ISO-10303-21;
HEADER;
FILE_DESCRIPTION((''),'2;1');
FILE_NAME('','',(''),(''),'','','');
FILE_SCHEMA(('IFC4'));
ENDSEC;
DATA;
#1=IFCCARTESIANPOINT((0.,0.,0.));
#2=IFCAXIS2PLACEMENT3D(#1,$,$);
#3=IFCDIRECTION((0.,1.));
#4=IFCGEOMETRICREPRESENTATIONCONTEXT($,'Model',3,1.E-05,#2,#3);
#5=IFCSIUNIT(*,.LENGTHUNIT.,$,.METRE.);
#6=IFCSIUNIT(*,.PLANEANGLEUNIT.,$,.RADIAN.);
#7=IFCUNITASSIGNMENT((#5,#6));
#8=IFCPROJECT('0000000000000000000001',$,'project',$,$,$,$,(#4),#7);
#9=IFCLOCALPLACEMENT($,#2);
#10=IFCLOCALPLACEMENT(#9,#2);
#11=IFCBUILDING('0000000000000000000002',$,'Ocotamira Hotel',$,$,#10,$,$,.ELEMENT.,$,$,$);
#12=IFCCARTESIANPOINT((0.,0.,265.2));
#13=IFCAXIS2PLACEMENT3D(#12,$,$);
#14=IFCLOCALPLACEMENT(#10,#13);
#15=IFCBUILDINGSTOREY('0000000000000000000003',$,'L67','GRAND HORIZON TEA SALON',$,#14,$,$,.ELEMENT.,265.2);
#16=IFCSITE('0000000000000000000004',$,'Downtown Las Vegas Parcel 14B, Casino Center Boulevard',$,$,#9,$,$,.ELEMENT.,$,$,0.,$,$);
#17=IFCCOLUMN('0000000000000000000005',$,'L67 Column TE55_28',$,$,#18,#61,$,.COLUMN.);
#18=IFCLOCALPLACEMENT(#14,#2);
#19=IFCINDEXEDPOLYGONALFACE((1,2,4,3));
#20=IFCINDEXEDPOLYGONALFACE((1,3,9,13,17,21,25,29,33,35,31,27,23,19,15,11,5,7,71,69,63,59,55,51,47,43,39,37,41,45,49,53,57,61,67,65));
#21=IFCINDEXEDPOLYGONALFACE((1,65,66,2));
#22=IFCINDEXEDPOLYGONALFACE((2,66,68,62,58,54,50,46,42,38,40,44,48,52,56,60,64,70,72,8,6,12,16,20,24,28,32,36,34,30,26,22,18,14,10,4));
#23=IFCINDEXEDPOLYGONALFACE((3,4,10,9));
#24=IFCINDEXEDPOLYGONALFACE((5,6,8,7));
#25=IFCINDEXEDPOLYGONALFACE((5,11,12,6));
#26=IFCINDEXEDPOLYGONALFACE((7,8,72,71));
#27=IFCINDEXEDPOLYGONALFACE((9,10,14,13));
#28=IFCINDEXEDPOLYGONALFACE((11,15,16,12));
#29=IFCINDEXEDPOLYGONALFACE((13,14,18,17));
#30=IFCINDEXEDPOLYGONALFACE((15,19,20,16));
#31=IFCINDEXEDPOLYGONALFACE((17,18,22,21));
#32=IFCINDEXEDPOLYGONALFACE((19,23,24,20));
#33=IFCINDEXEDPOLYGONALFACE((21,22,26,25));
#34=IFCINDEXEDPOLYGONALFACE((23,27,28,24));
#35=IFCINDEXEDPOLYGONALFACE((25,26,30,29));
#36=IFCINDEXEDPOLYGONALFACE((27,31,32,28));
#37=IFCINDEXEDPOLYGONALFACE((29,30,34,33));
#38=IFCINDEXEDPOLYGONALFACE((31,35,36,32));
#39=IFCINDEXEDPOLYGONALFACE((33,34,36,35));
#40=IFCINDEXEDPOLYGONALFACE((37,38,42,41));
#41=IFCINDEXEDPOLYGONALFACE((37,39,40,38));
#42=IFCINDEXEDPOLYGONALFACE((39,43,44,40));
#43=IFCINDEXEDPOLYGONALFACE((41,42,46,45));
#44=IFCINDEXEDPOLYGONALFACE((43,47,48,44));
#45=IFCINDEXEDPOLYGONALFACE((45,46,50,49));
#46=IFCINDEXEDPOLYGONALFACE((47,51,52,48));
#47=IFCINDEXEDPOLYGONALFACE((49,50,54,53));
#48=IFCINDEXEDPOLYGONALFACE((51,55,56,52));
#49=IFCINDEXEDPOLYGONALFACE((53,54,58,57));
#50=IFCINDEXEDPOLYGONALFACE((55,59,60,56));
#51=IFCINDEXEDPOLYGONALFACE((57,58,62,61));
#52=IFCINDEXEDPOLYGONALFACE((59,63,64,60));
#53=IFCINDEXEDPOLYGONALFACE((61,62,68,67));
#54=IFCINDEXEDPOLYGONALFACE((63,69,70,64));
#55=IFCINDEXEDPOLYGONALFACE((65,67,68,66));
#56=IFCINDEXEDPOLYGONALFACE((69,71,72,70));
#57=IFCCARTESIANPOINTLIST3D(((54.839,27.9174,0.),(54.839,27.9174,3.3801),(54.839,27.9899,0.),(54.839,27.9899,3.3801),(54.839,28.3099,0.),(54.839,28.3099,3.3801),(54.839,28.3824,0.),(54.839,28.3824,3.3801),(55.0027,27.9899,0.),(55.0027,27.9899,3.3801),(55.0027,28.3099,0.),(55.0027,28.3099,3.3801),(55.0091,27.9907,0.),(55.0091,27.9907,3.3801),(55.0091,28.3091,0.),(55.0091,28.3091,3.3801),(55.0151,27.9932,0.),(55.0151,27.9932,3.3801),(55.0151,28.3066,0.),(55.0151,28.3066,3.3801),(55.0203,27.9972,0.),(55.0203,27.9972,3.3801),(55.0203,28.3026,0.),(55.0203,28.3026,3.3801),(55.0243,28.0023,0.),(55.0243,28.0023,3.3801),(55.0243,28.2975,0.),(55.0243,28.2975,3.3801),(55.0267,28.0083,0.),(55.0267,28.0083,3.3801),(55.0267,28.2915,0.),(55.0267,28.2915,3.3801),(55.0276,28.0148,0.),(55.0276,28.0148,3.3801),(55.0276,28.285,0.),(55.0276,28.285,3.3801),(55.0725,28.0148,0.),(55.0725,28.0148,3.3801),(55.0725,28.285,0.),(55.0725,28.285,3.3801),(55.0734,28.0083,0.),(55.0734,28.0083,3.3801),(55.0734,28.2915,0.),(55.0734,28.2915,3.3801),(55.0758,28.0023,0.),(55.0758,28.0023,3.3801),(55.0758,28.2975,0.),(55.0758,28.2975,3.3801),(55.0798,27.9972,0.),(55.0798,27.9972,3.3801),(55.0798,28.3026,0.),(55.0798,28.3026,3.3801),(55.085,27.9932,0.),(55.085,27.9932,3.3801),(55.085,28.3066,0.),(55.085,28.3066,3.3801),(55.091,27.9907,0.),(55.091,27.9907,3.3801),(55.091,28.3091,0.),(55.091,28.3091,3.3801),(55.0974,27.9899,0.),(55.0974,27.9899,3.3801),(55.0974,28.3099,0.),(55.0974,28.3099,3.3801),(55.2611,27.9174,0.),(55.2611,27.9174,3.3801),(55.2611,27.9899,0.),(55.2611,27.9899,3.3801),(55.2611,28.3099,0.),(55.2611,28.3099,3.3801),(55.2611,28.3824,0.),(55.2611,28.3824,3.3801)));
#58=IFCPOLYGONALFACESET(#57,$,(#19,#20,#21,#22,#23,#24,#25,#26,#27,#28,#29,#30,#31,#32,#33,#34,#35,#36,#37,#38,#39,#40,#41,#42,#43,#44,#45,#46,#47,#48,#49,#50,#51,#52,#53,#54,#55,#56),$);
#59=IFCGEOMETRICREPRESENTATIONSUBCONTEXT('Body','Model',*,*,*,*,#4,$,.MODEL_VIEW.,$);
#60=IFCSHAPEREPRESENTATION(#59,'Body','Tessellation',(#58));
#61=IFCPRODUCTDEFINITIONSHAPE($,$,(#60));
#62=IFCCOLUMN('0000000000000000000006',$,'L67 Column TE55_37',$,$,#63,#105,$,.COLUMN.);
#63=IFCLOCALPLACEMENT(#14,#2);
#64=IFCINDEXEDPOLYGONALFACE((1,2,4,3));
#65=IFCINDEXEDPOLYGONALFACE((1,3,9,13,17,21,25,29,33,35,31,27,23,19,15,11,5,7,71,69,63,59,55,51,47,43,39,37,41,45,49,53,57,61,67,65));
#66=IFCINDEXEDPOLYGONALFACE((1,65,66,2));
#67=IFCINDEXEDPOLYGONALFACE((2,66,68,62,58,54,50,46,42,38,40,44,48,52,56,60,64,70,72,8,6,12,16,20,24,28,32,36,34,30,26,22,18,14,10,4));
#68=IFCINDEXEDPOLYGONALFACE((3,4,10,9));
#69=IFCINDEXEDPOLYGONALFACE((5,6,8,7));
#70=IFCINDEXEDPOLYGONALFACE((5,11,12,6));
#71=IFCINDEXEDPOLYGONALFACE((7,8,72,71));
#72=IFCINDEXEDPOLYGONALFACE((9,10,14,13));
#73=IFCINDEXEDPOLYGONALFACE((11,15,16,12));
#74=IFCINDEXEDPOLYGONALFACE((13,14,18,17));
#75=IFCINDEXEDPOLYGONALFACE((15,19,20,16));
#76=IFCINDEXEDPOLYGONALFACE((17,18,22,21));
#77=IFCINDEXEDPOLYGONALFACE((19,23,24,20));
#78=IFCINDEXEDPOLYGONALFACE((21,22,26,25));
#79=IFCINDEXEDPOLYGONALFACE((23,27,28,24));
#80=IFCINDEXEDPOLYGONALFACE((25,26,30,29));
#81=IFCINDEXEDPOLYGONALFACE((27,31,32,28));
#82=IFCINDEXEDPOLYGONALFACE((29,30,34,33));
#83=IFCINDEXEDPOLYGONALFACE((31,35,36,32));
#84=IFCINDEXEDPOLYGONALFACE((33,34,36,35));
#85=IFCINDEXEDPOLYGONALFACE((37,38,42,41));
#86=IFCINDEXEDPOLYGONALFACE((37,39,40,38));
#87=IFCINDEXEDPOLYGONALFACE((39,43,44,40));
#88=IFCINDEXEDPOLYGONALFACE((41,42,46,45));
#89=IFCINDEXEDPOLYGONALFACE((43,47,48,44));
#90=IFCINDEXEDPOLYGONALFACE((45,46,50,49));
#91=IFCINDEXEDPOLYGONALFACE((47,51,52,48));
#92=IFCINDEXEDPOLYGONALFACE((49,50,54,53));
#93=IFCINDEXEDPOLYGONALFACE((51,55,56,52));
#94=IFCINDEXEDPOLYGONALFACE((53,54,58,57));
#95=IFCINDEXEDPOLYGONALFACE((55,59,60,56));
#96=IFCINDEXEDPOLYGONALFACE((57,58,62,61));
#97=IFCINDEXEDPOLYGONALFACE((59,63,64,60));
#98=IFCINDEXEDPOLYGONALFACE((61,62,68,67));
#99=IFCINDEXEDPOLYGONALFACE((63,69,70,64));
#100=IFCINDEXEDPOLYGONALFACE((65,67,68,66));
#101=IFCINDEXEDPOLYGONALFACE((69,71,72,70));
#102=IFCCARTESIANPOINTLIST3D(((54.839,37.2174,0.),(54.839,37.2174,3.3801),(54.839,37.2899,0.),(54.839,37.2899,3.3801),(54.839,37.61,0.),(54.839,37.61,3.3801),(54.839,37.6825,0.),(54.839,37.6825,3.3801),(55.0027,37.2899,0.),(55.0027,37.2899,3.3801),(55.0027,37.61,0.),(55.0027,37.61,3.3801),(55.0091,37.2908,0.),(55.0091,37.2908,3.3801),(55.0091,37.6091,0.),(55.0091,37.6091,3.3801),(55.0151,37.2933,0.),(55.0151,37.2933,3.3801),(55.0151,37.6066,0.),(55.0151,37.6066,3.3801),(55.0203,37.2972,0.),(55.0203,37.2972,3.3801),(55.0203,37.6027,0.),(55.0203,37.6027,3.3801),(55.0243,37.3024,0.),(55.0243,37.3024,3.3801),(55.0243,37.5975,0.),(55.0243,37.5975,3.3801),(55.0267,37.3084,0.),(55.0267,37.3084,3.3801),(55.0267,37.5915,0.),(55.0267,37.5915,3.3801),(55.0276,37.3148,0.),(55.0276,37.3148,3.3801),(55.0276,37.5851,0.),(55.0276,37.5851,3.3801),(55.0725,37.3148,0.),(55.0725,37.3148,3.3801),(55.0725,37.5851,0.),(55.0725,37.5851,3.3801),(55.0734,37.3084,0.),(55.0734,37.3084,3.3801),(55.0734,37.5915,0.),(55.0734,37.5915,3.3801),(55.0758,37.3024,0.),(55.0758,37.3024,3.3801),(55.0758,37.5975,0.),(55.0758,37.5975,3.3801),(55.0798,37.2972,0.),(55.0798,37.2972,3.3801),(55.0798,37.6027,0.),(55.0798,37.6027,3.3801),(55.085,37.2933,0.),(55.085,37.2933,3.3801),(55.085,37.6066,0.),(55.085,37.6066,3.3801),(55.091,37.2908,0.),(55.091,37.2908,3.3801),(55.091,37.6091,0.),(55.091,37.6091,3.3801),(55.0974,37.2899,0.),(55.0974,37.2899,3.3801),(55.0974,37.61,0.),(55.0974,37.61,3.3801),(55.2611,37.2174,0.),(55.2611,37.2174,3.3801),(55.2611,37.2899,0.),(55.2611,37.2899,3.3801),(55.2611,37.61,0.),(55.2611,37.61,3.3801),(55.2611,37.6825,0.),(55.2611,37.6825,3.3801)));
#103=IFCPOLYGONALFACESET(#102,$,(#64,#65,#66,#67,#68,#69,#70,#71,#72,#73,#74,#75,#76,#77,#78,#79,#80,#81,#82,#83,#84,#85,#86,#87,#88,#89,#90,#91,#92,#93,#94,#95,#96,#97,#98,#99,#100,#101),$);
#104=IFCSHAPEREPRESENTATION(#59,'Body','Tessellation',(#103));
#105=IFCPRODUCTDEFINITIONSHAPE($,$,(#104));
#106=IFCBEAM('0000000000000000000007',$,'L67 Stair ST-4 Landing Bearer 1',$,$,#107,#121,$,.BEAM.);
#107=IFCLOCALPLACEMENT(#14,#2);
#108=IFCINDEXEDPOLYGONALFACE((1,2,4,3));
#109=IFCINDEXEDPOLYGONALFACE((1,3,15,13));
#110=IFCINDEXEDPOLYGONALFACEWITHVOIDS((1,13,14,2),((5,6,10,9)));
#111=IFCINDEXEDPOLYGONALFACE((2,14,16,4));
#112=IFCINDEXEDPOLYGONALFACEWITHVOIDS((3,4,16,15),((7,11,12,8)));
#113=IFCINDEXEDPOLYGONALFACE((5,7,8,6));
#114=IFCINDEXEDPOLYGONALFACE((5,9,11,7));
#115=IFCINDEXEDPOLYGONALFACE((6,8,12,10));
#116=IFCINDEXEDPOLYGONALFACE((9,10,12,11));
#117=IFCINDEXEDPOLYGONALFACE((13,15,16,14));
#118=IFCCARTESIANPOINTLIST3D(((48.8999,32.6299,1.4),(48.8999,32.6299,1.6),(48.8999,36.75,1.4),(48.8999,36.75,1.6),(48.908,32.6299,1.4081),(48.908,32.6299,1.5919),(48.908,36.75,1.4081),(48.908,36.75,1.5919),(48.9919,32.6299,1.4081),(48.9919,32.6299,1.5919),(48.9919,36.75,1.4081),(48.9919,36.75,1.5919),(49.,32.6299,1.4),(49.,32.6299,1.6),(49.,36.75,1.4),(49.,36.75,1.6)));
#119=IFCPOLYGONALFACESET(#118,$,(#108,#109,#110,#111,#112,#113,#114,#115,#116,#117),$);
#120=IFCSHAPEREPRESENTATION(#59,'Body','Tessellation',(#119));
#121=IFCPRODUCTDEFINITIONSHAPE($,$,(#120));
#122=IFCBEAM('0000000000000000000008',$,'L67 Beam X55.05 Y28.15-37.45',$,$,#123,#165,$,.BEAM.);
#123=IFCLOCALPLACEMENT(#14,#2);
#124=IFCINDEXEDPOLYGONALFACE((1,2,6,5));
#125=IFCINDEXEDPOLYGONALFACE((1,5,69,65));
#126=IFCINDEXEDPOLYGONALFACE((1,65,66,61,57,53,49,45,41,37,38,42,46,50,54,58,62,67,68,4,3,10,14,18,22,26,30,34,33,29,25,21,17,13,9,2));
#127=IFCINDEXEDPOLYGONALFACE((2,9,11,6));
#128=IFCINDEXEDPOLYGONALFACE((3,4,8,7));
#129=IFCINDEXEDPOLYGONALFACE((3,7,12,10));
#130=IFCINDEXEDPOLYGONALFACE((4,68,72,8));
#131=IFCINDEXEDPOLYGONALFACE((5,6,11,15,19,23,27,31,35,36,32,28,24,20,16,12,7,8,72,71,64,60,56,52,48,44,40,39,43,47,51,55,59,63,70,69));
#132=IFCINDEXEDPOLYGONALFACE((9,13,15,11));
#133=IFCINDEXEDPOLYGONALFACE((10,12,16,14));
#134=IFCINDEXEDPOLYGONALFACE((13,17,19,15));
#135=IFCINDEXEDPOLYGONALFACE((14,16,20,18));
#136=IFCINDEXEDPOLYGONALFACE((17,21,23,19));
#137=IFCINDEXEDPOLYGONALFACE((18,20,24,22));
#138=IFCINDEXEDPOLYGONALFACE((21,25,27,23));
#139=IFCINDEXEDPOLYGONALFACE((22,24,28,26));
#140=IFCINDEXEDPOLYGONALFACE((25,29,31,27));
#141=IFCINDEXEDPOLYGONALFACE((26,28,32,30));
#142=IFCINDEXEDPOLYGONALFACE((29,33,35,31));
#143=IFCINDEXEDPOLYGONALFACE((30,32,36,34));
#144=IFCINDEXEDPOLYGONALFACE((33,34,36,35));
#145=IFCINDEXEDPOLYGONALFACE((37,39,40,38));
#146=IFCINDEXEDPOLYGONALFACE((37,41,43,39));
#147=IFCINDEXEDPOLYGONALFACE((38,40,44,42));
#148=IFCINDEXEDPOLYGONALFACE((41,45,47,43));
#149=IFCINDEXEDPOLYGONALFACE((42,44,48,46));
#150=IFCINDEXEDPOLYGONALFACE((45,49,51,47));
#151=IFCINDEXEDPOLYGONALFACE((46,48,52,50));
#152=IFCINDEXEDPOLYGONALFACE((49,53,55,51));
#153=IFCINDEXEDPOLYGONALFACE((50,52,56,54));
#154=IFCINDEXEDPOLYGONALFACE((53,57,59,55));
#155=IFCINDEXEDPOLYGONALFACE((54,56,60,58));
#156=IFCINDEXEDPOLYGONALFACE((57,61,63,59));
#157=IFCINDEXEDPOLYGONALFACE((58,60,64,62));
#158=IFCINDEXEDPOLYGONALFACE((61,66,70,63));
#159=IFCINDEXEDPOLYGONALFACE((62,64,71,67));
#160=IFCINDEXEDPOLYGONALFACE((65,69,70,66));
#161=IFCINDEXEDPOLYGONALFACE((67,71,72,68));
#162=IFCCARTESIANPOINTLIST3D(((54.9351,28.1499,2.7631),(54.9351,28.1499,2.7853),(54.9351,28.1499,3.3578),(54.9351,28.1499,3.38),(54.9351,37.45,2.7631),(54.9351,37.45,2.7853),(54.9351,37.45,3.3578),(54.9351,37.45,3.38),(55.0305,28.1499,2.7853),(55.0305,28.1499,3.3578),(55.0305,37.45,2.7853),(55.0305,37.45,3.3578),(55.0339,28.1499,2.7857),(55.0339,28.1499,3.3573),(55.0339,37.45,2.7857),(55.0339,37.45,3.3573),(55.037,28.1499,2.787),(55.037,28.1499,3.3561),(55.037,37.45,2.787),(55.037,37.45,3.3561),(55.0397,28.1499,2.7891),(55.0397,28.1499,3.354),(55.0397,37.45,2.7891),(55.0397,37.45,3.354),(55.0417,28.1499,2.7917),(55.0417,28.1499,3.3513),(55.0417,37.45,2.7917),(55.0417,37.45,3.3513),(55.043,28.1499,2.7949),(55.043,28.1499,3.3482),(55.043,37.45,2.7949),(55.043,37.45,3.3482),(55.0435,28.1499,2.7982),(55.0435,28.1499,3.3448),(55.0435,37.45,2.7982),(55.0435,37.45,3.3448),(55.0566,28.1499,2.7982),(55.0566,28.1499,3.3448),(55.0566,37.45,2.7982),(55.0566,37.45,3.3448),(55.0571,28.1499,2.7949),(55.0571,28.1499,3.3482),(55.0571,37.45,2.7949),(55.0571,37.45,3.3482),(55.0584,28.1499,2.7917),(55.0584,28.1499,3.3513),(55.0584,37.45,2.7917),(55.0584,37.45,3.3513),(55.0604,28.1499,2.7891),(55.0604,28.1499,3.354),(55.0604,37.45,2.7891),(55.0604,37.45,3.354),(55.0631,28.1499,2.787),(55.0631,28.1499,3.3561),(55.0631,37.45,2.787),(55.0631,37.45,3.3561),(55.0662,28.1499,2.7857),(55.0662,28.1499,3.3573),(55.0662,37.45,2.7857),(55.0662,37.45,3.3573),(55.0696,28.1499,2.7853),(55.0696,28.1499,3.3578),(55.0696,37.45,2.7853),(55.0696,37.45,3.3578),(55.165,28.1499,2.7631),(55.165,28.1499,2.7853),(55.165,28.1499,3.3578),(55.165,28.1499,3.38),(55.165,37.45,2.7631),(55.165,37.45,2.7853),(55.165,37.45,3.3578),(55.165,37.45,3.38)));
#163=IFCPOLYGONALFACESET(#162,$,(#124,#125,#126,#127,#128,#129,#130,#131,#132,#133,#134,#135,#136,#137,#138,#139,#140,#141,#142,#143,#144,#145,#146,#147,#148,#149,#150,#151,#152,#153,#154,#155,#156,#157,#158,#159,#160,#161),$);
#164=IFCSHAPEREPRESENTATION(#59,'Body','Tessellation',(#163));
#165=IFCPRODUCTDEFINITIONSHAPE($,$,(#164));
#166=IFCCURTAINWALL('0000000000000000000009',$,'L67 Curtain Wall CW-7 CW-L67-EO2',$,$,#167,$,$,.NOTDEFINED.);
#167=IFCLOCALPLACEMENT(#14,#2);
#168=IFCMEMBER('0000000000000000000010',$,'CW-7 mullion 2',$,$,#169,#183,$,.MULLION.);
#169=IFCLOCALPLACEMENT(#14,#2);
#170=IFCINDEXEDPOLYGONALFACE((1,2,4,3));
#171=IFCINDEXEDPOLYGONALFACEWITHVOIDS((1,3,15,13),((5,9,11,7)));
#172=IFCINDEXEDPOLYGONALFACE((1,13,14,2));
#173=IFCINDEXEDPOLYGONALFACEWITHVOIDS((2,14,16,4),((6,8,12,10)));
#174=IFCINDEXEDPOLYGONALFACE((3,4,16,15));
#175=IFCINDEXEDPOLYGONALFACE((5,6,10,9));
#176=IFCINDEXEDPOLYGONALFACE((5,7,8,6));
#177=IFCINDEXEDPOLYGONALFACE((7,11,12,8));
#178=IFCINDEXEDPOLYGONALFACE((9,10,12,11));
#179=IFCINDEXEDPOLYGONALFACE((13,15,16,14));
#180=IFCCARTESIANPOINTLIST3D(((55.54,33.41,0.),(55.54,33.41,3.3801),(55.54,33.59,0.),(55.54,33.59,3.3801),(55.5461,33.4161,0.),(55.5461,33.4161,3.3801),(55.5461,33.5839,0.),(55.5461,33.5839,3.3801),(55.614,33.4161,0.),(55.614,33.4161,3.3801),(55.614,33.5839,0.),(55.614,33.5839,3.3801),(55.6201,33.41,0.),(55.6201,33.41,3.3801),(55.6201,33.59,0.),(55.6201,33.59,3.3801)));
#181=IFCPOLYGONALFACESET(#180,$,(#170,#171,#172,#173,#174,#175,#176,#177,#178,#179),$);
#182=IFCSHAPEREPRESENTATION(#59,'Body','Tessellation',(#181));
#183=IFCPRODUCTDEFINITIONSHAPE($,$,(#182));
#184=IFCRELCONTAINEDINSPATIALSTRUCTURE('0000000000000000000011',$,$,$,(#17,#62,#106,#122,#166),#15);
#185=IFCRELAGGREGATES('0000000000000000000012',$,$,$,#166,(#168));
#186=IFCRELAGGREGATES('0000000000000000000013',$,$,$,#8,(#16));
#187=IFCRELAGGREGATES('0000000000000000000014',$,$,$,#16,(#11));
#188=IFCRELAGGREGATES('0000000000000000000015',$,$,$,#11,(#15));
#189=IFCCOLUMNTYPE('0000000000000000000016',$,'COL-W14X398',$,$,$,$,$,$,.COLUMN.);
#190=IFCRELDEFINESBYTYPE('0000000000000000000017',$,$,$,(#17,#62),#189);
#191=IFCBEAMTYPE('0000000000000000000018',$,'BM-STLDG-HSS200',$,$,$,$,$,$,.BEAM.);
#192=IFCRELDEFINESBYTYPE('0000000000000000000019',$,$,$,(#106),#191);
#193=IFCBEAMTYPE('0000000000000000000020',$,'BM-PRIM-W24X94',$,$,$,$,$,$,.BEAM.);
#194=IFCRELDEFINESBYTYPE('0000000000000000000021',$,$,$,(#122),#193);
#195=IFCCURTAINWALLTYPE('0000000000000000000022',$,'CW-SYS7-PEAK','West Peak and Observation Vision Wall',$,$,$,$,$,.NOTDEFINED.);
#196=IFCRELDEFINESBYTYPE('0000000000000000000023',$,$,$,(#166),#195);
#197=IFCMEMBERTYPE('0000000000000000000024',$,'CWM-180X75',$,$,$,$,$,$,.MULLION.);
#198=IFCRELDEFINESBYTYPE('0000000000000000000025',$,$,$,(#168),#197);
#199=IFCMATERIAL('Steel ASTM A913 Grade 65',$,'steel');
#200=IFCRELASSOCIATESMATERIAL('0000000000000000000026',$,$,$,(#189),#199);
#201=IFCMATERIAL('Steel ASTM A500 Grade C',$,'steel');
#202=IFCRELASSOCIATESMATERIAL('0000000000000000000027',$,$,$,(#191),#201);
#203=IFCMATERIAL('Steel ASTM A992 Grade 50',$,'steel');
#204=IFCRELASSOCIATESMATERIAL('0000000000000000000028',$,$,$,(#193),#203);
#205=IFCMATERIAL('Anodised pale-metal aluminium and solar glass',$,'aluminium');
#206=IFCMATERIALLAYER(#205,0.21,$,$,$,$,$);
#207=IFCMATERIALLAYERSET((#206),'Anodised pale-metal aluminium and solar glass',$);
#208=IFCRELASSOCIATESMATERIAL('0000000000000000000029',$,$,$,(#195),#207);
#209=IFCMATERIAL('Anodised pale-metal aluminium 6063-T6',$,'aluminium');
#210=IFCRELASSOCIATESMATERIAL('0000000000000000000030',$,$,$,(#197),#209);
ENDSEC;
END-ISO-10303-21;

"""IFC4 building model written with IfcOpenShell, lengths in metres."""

from ifc_helpers import new_model, si_unit, direction, frame, origin, origin_2d, place, context, subcontext, project, spatial, hollow_rectangle, i_section, extrude, source, transform, mapped, material, layer, layer_set, material_profile, profile_set, type_object, element, aggregate, save


model = new_model("IFC4")

# Units and contexts
model_context = context("Model", 3, precision=1e-05, world=origin(), true_north=direction((0.0, 1.0)))
body_context = subcontext(model_context, "Body", "Model", "MODEL_VIEW")
ifc_project = project(units=[si_unit("LENGTHUNIT", "METRE"), si_unit("PLANEANGLEUNIT", "RADIAN")], contexts=[model_context])

# Site, building, storey
site_placement = place(None, origin())
site = spatial("IfcSite", under=ifc_project, at=site_placement, Name="Downtown Las Vegas Parcel 14B, Casino Center Boulevard", CompositionType="ELEMENT", RefElevation=0.0)
building_placement = place(site_placement, origin())
building = spatial("IfcBuilding", under=site, at=building_placement, Name="Ocotamira Hotel", CompositionType="ELEMENT")
storey_placement = place(building_placement, frame((0.0, 0.0, 265.2)))
storey = spatial("IfcBuildingStorey", under=building, at=storey_placement, Name="L67", Description="GRAND HORIZON TEA SALON", CompositionType="ELEMENT", Elevation=265.2)

# Columns
ifc_material_1 = material(Name="Steel ASTM A913 Grade 65", Category="steel")
ifc_material_profile_1 = material_profile(ifc_material_1, i_section(OverallWidth=0.4221, OverallDepth=0.4651, WebThickness=0.0449, FlangeThickness=0.0725, FilletRadius=0.0249, at=origin_2d()), Name="W14X398")
ifc_profile_set_1 = profile_set([ifc_material_profile_1], Name="Steel ASTM A913 Grade 65")
column_type = type_object("IfcColumnType", Name="COL-W14X398", PredefinedType="COLUMN", material=ifc_profile_set_1)
shared_shape_1 = source(origin(), body_context, "Body", "SweptSolid", [
    extrude(i_section(OverallWidth=0.4221, OverallDepth=0.4651, WebThickness=0.0449, FlangeThickness=0.0725, FilletRadius=0.0249, at=origin_2d()), origin(), (0.0, 0.0, 1.0), 3.3801),
])
for number, where, z_axis, x_axis, name in (
    (1, (55.05, 28.1499, 0.0), (0.0, 0.0, 1.0), (1.0, 0.0, 0.0), "L67 Column TE55_28"),
    (2, (55.05, 37.45, 0.0), (0.0, 0.0, 1.0), (1.0, 0.0, 0.0), "L67 Column TE55_37"),
):
    element("IfcColumn", number, at=place(storey_placement, frame(where, z_axis=z_axis, x_axis=x_axis)), inside=storey, type_object=column_type, Name=name, PredefinedType="COLUMN", context=body_context, shape_type="MappedRepresentation", body=[
        mapped(shared_shape_1, transform((0.0, 0.0, 0.0), scale=1.0)),
    ])

# Beams
ifc_material_2 = material(Name="Steel ASTM A500 Grade C", Category="steel")
ifc_material_profile_2 = material_profile(ifc_material_2, hollow_rectangle(XDim=0.1001, YDim=0.2, WallThickness=0.0081, at=origin_2d()), Name="HSS200X100X8")
ifc_profile_set_2 = profile_set([ifc_material_profile_2], Name="Steel ASTM A500 Grade C")
beam_type_1 = type_object("IfcBeamType", Name="BM-STLDG-HSS200", PredefinedType="BEAM", material=ifc_profile_set_2)
shared_shape_2 = source(origin(), body_context, "Body", "SweptSolid", [
    extrude(hollow_rectangle(XDim=0.1001, YDim=0.2, WallThickness=0.0081, at=origin_2d()), origin(), (0.0, 0.0, 1.0), 4.1201),
])
beam_1_placement = place(storey_placement, frame((48.95, 32.6299, 1.5), z_axis=(0.0, 1.0, 0.0), x_axis=(-1.0, 0.0, 0.0)))
element("IfcBeam", 3, at=beam_1_placement, inside=storey, type_object=beam_type_1, Name="L67 Stair ST-4 Landing Bearer 1", PredefinedType="BEAM", context=body_context, shape_type="MappedRepresentation", body=[
    mapped(shared_shape_2, transform((0.0, 0.0, 0.0), scale=1.0)),
])
ifc_material_3 = material(Name="Steel ASTM A992 Grade 50", Category="steel")
ifc_material_profile_3 = material_profile(ifc_material_3, i_section(OverallWidth=0.23, OverallDepth=0.6169, WebThickness=0.0132, FlangeThickness=0.0222, FilletRadius=0.0129, at=origin_2d()), Name="W24X94")
ifc_profile_set_3 = profile_set([ifc_material_profile_3], Name="Steel ASTM A992 Grade 50")
beam_type_2 = type_object("IfcBeamType", Name="BM-PRIM-W24X94", PredefinedType="BEAM", material=ifc_profile_set_3)
shared_shape_3 = source(origin(), body_context, "Body", "SweptSolid", [
    extrude(i_section(OverallWidth=0.23, OverallDepth=0.6169, WebThickness=0.0132, FlangeThickness=0.0222, FilletRadius=0.0129, at=origin_2d()), origin(), (0.0, 0.0, 1.0), 9.3),
])
beam_2_placement = place(storey_placement, frame((55.05, 28.1499, 3.0715), z_axis=(0.0, 1.0, 0.0), x_axis=(-1.0, 0.0, 0.0)))
element("IfcBeam", 4, at=beam_2_placement, inside=storey, type_object=beam_type_2, Name="L67 Beam X55.05 Y28.15-37.45", PredefinedType="BEAM", context=body_context, shape_type="MappedRepresentation", body=[
    mapped(shared_shape_3, transform((0.0, 0.0, 0.0), scale=1.0)),
])

# Curtain wall, member
ifc_material_4 = material(Name="Anodised pale-metal aluminium and solar glass", Category="aluminium")
ifc_layer_1 = layer(ifc_material_4, 0.21)
ifc_layer_set_1 = layer_set([ifc_layer_1], Name="Anodised pale-metal aluminium and solar glass")
curtain_wall_type = type_object("IfcCurtainWallType", Name="CW-SYS7-PEAK", Description="West Peak and Observation Vision Wall", PredefinedType="NOTDEFINED", material=ifc_layer_set_1)
curtain_wall_placement = place(storey_placement, origin())
curtain_wall = element("IfcCurtainWall", 5, at=curtain_wall_placement, inside=storey, type_object=curtain_wall_type, Name="L67 Curtain Wall CW-7 CW-L67-EO2", PredefinedType="NOTDEFINED")
ifc_material_5 = material(Name="Anodised pale-metal aluminium 6063-T6", Category="aluminium")
ifc_material_profile_4 = material_profile(ifc_material_5, hollow_rectangle(XDim=0.0801, YDim=0.1799, WallThickness=0.0061, at=origin_2d()), Name="HSS180X80X6")
ifc_profile_set_4 = profile_set([ifc_material_profile_4], Name="Anodised pale-metal aluminium 6063-T6")
member_type_1 = type_object("IfcMemberType", Name="CWM-180X75", PredefinedType="MULLION", material=ifc_profile_set_4)
shared_shape_4 = source(origin(), body_context, "Body", "SweptSolid", [
    extrude(hollow_rectangle(XDim=0.0801, YDim=0.1799, WallThickness=0.0061, at=origin_2d()), origin(), (0.0, 0.0, 1.0), 3.3801),
])
member_1_placement = place(storey_placement, frame((55.5801, 33.5, 0.0), z_axis=(0.0, 0.0, 1.0), x_axis=(-1.0, 0.0, 0.0)))
member_1 = element("IfcMember", 6, at=member_1_placement, type_object=member_type_1, Name="CW-7 mullion 2", PredefinedType="MULLION", context=body_context, shape_type="MappedRepresentation", body=[
    mapped(shared_shape_4, transform((0.0, 0.0, 0.0), scale=1.0)),
])
aggregate(curtain_wall, [member_1])

save(model, "model.ifc")
